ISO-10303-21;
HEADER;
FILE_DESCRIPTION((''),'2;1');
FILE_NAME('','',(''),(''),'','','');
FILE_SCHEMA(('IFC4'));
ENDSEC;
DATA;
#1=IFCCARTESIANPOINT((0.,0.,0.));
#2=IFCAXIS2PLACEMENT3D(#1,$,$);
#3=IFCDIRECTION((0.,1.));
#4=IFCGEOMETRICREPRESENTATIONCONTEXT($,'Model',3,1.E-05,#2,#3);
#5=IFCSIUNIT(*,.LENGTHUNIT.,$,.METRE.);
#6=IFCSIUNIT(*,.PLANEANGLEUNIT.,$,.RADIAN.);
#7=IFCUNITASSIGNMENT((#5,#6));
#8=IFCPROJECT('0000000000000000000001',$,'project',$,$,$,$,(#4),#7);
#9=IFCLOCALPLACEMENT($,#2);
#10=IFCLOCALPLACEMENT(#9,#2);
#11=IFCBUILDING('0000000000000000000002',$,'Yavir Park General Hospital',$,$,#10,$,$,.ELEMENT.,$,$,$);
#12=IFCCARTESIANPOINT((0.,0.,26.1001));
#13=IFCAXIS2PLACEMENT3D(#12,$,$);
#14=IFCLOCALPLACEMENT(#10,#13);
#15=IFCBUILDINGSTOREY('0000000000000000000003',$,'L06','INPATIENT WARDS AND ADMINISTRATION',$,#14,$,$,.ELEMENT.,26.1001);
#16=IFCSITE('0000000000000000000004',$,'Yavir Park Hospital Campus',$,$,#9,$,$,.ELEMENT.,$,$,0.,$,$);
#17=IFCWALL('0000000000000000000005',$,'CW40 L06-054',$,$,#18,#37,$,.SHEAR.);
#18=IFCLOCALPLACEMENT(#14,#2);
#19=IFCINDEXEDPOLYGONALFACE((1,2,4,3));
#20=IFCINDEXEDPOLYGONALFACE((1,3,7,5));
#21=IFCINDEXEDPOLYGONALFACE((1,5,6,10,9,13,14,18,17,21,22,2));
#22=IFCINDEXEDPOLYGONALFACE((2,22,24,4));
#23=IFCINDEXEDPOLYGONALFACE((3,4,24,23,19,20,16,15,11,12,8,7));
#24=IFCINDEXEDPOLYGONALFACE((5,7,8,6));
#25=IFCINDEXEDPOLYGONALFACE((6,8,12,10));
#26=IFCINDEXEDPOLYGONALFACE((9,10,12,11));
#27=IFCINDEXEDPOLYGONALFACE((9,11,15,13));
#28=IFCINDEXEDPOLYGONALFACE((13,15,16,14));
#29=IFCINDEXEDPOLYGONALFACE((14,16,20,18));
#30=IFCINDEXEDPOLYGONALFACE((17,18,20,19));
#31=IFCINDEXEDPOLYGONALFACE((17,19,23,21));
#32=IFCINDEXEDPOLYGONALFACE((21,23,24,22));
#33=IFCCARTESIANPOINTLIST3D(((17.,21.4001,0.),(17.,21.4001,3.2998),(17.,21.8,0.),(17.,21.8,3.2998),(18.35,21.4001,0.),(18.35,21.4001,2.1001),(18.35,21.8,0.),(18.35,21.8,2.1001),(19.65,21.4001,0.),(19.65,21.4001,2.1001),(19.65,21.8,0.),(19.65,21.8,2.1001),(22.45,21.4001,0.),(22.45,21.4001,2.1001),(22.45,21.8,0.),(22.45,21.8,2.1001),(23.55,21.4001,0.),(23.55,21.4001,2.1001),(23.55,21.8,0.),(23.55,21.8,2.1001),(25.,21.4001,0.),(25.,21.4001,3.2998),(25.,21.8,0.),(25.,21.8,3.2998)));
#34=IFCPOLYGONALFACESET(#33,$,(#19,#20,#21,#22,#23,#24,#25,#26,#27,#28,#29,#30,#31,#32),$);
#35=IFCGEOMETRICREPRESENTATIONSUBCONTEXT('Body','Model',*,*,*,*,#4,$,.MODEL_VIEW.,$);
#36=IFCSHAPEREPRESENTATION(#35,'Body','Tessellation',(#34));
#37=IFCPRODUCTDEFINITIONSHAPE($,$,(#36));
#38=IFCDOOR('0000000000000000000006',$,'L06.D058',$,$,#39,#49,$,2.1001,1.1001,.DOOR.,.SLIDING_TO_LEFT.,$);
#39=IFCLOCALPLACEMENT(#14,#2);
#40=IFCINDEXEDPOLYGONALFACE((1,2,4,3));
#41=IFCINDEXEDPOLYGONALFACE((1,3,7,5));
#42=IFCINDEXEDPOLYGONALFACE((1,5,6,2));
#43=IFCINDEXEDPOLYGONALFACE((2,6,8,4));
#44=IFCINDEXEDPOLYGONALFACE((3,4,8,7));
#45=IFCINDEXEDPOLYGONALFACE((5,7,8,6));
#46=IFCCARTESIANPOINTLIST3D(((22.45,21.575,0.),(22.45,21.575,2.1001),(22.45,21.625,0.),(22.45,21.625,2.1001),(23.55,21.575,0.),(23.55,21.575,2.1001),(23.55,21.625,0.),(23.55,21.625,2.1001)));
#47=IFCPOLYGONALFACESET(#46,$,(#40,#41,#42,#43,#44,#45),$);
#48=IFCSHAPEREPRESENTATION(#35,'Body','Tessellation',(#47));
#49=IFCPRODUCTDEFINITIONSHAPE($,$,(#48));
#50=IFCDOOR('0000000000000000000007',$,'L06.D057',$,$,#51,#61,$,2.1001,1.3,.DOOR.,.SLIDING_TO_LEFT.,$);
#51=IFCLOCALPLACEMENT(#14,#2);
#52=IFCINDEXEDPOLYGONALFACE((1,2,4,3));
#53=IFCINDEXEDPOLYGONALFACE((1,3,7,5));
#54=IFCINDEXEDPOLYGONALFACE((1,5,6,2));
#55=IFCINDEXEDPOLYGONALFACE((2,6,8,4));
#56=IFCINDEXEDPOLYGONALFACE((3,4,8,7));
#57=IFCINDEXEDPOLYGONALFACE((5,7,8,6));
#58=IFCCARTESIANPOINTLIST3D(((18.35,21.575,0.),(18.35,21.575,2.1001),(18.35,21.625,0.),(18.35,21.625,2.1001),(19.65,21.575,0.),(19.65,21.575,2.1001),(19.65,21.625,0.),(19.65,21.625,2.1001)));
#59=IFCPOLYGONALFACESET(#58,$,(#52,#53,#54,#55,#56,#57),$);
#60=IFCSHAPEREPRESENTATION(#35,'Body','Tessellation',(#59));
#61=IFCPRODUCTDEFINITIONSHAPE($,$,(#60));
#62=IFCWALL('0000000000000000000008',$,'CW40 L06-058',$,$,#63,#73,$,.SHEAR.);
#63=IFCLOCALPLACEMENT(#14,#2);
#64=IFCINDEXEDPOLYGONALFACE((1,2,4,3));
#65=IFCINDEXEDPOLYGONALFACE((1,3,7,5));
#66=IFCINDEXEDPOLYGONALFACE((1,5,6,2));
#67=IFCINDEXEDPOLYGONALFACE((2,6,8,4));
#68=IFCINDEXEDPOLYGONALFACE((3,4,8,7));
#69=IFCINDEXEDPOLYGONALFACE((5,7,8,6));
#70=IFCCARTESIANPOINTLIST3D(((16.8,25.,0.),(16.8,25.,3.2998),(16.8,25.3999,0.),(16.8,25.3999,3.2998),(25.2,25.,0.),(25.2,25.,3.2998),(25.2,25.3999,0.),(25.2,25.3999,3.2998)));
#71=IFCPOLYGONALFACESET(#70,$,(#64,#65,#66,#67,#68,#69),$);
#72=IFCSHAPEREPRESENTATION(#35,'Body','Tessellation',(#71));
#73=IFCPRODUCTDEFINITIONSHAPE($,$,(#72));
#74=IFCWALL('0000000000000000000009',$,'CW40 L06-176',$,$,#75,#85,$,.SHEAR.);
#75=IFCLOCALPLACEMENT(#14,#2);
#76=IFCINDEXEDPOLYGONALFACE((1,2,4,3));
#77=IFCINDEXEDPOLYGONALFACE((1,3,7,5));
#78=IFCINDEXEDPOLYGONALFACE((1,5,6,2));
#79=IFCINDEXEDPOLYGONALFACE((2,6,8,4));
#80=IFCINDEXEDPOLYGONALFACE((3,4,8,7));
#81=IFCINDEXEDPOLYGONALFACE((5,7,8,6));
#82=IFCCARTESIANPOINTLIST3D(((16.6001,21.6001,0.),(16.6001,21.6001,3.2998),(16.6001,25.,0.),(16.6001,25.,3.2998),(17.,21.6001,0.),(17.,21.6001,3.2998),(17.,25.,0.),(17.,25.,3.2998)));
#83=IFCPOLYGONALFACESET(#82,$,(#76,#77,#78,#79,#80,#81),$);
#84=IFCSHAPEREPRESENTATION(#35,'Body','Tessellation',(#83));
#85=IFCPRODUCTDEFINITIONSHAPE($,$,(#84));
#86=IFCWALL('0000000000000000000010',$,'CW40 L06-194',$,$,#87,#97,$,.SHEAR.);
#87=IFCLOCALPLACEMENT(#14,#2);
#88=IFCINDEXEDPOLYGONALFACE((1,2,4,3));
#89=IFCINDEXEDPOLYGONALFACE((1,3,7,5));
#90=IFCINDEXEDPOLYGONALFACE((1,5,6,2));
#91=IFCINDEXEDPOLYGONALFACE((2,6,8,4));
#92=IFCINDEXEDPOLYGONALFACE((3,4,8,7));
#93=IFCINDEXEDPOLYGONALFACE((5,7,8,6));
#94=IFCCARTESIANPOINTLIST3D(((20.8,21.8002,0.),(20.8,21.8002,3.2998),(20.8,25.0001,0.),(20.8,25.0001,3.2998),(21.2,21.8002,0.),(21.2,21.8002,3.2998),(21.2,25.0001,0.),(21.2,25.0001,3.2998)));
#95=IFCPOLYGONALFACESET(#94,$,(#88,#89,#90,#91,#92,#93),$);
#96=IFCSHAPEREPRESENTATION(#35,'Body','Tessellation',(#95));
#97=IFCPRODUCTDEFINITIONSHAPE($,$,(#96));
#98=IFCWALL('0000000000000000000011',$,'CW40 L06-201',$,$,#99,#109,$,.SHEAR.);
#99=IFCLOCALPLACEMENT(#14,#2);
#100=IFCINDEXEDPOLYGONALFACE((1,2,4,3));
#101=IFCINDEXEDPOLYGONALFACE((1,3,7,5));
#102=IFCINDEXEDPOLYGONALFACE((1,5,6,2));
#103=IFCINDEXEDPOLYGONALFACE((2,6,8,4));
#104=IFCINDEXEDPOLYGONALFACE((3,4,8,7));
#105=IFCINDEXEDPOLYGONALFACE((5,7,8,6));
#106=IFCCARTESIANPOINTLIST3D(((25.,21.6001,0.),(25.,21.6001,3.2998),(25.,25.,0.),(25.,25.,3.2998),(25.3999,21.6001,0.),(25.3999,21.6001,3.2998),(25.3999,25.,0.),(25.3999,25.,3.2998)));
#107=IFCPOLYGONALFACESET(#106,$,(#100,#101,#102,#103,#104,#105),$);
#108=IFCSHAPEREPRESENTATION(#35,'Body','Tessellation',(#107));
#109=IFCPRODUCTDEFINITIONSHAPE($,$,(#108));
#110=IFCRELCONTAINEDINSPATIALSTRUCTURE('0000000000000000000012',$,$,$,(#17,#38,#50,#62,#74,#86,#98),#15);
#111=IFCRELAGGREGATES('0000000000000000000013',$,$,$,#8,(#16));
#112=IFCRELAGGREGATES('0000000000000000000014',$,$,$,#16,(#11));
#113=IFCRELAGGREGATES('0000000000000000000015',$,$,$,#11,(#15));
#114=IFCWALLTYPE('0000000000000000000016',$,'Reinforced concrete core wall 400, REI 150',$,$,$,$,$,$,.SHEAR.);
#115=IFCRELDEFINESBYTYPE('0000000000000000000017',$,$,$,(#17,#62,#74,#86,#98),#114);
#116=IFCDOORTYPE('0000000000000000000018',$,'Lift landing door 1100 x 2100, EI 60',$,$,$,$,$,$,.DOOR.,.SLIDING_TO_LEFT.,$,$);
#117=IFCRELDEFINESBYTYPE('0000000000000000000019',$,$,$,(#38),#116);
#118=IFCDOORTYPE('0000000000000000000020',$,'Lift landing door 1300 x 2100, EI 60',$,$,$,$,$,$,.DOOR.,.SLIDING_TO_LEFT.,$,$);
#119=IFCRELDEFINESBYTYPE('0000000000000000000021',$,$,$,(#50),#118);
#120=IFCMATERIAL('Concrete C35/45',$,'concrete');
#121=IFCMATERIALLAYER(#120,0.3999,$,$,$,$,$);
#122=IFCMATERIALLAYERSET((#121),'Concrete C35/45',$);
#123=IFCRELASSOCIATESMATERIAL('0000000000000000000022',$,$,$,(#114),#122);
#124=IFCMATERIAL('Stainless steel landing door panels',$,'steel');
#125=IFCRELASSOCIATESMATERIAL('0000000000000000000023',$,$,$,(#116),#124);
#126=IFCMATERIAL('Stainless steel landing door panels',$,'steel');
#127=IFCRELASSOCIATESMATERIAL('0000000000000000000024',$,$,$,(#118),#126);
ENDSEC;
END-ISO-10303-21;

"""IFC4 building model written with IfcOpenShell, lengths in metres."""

from ifc_helpers import new_model, si_unit, direction, frame, frame_2d, origin, place, context, subcontext, project, spatial, rectangle, extrude, material, layer, layer_set, type_object, element, fill, save


model = new_model("IFC4")

# Units and contexts
model_context = context("Model", 3, precision=1e-05, world=origin(), true_north=direction((0.0, 1.0)))
body_context = subcontext(model_context, "Body", "Model", "MODEL_VIEW")
ifc_project = project(units=[si_unit("LENGTHUNIT", "METRE"), si_unit("PLANEANGLEUNIT", "RADIAN")], contexts=[model_context])

# Site, building, storey
site_placement = place(None, origin())
site = spatial("IfcSite", under=ifc_project, at=site_placement, Name="Yavir Park Hospital Campus", CompositionType="ELEMENT", RefElevation=0.0)
building_placement = place(site_placement, origin())
building = spatial("IfcBuilding", under=site, at=building_placement, Name="Yavir Park General Hospital", CompositionType="ELEMENT")
storey_placement = place(building_placement, frame((0.0, 0.0, 26.1001)))
storey = spatial("IfcBuildingStorey", under=building, at=storey_placement, Name="L06", Description="INPATIENT WARDS AND ADMINISTRATION", CompositionType="ELEMENT", Elevation=26.1001)

# Wall, openings, doors
ifc_material_1 = material(Name="Concrete C35/45", Category="concrete")
ifc_layer_1 = layer(ifc_material_1, 0.3999)
ifc_layer_set_1 = layer_set([ifc_layer_1], Name="Concrete C35/45")
wall_type_1 = type_object("IfcWallType", Name="Reinforced concrete core wall 400, REI 150", PredefinedType="SHEAR", material=ifc_layer_set_1)
wall_1_placement = place(storey_placement, frame((17.0, 21.6001, 0.0), z_axis=(0.0, 0.0, 1.0), x_axis=(1.0, 0.0, 0.0)))
wall_1 = element("IfcWall", 1, at=wall_1_placement, inside=storey, type_object=wall_type_1, Name="CW40 L06-054", PredefinedType="SHEAR", context=body_context, shape_type="SweptSolid", body=[
    extrude(rectangle(XDim=8.0, YDim=0.3999, at=frame_2d((4.0, 0.0))), origin(), (0.0, 0.0, 1.0), 3.2998),
])
opening_1_placement = place(wall_1_placement, frame((1.3501, 0.0, 0.0)))
opening_1 = element("IfcOpeningElement", 2, at=opening_1_placement, cuts=wall_1, PredefinedType="OPENING", context=body_context, shape_type="SweptSolid", body=[
    extrude(rectangle(XDim=1.3, YDim=2.1001, at=frame_2d((0.6499, 1.05))), frame((0.0, 0.21, 0.0), z_axis=(0.0, -1.0, 0.0), x_axis=(1.0, 0.0, 0.0)), (0.0, 0.0, 1.0), 0.4199),
])
opening_2_placement = place(wall_1_placement, frame((5.45, 0.0, 0.0)))
opening_2 = element("IfcOpeningElement", 3, at=opening_2_placement, cuts=wall_1, PredefinedType="OPENING", context=body_context, shape_type="SweptSolid", body=[
    extrude(rectangle(XDim=1.1001, YDim=2.1001, at=frame_2d((0.55, 1.05))), frame((0.0, 0.21, 0.0), z_axis=(0.0, -1.0, 0.0), x_axis=(1.0, 0.0, 0.0)), (0.0, 0.0, 1.0), 0.4199),
])
ifc_material_2 = material(Name="Stainless steel landing door panels", Category="steel")
door_type_1 = type_object("IfcDoorType", Name="Lift landing door 1100 x 2100, EI 60", OperationType="SLIDING_TO_LEFT", PredefinedType="DOOR", material=ifc_material_2)
door_1_placement = place(opening_2_placement, origin())
door_1 = element("IfcDoor", 4, at=door_1_placement, inside=storey, type_object=door_type_1, Name="L06.D058", OperationType="SLIDING_TO_LEFT", OverallHeight=2.1001, OverallWidth=1.1001, PredefinedType="DOOR", context=body_context, shape_type="SweptSolid", body=[
    extrude(rectangle(XDim=1.1001, YDim=2.1001, at=frame_2d((0.55, 1.05))), frame((0.0, 0.0249, 0.0), z_axis=(0.0, -1.0, 0.0), x_axis=(1.0, 0.0, 0.0)), (0.0, 0.0, 1.0), 0.05),
])
fill(opening_2, door_1)
ifc_material_3 = material(Name="Stainless steel landing door panels", Category="steel")
door_type_2 = type_object("IfcDoorType", Name="Lift landing door 1300 x 2100, EI 60", OperationType="SLIDING_TO_LEFT", PredefinedType="DOOR", material=ifc_material_3)
door_2_placement = place(opening_1_placement, origin())
door_2 = element("IfcDoor", 5, at=door_2_placement, inside=storey, type_object=door_type_2, Name="L06.D057", OperationType="SLIDING_TO_LEFT", OverallHeight=2.1001, OverallWidth=1.3, PredefinedType="DOOR", context=body_context, shape_type="SweptSolid", body=[
    extrude(rectangle(XDim=1.3, YDim=2.1001, at=frame_2d((0.6499, 1.05))), frame((0.0, 0.0249, 0.0), z_axis=(0.0, -1.0, 0.0), x_axis=(1.0, 0.0, 0.0)), (0.0, 0.0, 1.0), 0.05),
])
fill(opening_1, door_2)

# Walls
wall_2_placement = place(storey_placement, frame((16.8, 25.2, 0.0), z_axis=(0.0, 0.0, 1.0), x_axis=(1.0, 0.0, 0.0)))
element("IfcWall", 6, at=wall_2_placement, inside=storey, type_object=wall_type_1, Name="CW40 L06-058", PredefinedType="SHEAR", context=body_context, shape_type="SweptSolid", body=[
    extrude(rectangle(XDim=8.3999, YDim=0.3999, at=frame_2d((4.2, 0.0))), origin(), (0.0, 0.0, 1.0), 3.2998),
])
wall_3_placement = place(storey_placement, frame((16.8, 21.6001, 0.0), z_axis=(0.0, 0.0, 1.0), x_axis=(0.0, 1.0, 0.0)))
element("IfcWall", 7, at=wall_3_placement, inside=storey, type_object=wall_type_1, Name="CW40 L06-176", PredefinedType="SHEAR", context=body_context, shape_type="SweptSolid", body=[
    extrude(rectangle(XDim=3.3999, YDim=0.3999, at=frame_2d((1.7, 0.0))), origin(), (0.0, 0.0, 1.0), 3.2998),
])
wall_4_placement = place(storey_placement, frame((21.0, 21.8, 0.0), z_axis=(0.0, 0.0, 1.0), x_axis=(0.0, 1.0, 0.0)))
element("IfcWall", 8, at=wall_4_placement, inside=storey, type_object=wall_type_1, Name="CW40 L06-194", PredefinedType="SHEAR", context=body_context, shape_type="SweptSolid", body=[
    extrude(rectangle(XDim=3.2, YDim=0.3999, at=frame_2d((1.6001, 0.0))), origin(), (0.0, 0.0, 1.0), 3.2998),
])
wall_5_placement = place(storey_placement, frame((25.2, 21.6001, 0.0), z_axis=(0.0, 0.0, 1.0), x_axis=(0.0, 1.0, 0.0)))
element("IfcWall", 9, at=wall_5_placement, inside=storey, type_object=wall_type_1, Name="CW40 L06-201", PredefinedType="SHEAR", context=body_context, shape_type="SweptSolid", body=[
    extrude(rectangle(XDim=3.3999, YDim=0.3999, at=frame_2d((1.7, 0.0))), origin(), (0.0, 0.0, 1.0), 3.2998),
])

save(model, "model.ifc")
